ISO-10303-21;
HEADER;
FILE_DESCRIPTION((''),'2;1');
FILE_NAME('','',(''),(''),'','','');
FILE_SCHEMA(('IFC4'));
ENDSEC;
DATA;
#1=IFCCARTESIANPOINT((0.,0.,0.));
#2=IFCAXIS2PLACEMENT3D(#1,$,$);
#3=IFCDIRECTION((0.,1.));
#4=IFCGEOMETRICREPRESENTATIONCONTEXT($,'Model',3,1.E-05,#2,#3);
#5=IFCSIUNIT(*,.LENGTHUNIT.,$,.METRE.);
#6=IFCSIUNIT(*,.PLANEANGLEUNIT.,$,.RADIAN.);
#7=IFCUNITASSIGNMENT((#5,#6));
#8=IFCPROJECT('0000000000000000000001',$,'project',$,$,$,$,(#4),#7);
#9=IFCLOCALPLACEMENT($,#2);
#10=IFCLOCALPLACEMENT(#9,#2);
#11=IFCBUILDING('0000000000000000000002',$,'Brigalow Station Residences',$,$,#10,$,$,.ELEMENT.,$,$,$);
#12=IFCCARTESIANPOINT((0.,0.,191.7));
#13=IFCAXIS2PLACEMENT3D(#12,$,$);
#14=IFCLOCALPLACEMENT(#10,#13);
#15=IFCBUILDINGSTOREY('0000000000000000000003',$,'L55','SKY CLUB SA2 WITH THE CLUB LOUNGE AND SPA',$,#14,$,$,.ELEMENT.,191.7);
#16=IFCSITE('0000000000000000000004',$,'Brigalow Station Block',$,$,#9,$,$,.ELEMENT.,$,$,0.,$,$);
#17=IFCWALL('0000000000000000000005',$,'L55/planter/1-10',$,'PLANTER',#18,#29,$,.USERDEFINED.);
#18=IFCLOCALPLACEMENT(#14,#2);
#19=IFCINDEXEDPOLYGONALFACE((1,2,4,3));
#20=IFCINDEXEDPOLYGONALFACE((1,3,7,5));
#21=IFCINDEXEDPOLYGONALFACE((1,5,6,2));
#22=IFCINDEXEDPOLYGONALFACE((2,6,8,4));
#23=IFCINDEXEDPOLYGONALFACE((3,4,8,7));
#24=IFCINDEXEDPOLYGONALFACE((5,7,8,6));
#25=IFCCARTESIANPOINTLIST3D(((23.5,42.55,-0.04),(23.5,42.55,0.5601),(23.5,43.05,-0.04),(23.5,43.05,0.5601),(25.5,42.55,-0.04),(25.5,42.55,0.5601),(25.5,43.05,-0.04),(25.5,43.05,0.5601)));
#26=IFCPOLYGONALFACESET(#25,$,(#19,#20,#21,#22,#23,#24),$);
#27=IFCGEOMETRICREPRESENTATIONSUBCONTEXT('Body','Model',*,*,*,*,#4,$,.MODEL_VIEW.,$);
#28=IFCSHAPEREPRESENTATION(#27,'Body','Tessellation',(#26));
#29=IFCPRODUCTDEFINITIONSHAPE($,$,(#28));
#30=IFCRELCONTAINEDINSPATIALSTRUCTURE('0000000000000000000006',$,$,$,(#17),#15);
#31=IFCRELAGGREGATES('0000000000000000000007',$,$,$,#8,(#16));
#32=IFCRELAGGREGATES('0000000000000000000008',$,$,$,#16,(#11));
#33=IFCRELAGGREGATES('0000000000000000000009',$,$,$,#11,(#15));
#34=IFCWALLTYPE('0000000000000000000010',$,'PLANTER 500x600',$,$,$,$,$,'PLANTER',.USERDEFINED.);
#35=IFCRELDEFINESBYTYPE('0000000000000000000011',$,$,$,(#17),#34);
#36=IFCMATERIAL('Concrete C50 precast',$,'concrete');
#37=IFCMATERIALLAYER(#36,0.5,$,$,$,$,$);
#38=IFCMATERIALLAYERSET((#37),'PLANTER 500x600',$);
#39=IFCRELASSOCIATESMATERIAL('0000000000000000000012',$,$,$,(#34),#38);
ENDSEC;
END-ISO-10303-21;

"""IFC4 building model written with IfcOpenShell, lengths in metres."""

from ifc_helpers import new_model, si_unit, direction, frame, frame_2d, origin, place, context, subcontext, project, spatial, rectangle, extrude, material, layer, layer_set, type_object, element, save


model = new_model("IFC4")

# Units and contexts
model_context = context("Model", 3, precision=1e-05, world=origin(), true_north=direction((0.0, 1.0)))
body_context = subcontext(model_context, "Body", "Model", "MODEL_VIEW")
ifc_project = project(units=[si_unit("LENGTHUNIT", "METRE"), si_unit("PLANEANGLEUNIT", "RADIAN")], contexts=[model_context])

# Site, building, storey
site_placement = place(None, origin())
site = spatial("IfcSite", under=ifc_project, at=site_placement, Name="Brigalow Station Block", CompositionType="ELEMENT", RefElevation=0.0)
building_placement = place(site_placement, origin())
building = spatial("IfcBuilding", under=site, at=building_placement, Name="Brigalow Station Residences", CompositionType="ELEMENT")
storey_placement = place(building_placement, frame((0.0, 0.0, 191.7)))
storey = spatial("IfcBuildingStorey", under=building, at=storey_placement, Name="L55", Description="SKY CLUB SA2 WITH THE CLUB LOUNGE AND SPA", CompositionType="ELEMENT", Elevation=191.7)

# Wall
ifc_material_1 = material(Name="Concrete C50 precast", Category="concrete")
ifc_layer_1 = layer(ifc_material_1, 0.5)
ifc_layer_set_1 = layer_set([ifc_layer_1], Name="PLANTER 500x600")
wall_type_1 = type_object("IfcWallType", Name="PLANTER 500x600", ElementType="PLANTER", PredefinedType="USERDEFINED", material=ifc_layer_set_1)
for number, where, z_axis, x_axis, name in (
    (1, (25.5, 42.8, -0.04), (0.0, 0.0, 1.0), (-1.0, 0.0, 0.0), "L55/planter/1-10"),
):
    element("IfcWall", number, at=place(storey_placement, frame(where, z_axis=z_axis, x_axis=x_axis)), inside=storey, type_object=wall_type_1, Name=name, ObjectType="PLANTER", PredefinedType="USERDEFINED", context=body_context, shape_type="SweptSolid", body=[
        extrude(rectangle(XDim=2.0, YDim=0.5, at=frame_2d((1.0, 0.0))), origin(), (0.0, 0.0, 1.0), 0.6001),
    ])

save(model, "model.ifc")
